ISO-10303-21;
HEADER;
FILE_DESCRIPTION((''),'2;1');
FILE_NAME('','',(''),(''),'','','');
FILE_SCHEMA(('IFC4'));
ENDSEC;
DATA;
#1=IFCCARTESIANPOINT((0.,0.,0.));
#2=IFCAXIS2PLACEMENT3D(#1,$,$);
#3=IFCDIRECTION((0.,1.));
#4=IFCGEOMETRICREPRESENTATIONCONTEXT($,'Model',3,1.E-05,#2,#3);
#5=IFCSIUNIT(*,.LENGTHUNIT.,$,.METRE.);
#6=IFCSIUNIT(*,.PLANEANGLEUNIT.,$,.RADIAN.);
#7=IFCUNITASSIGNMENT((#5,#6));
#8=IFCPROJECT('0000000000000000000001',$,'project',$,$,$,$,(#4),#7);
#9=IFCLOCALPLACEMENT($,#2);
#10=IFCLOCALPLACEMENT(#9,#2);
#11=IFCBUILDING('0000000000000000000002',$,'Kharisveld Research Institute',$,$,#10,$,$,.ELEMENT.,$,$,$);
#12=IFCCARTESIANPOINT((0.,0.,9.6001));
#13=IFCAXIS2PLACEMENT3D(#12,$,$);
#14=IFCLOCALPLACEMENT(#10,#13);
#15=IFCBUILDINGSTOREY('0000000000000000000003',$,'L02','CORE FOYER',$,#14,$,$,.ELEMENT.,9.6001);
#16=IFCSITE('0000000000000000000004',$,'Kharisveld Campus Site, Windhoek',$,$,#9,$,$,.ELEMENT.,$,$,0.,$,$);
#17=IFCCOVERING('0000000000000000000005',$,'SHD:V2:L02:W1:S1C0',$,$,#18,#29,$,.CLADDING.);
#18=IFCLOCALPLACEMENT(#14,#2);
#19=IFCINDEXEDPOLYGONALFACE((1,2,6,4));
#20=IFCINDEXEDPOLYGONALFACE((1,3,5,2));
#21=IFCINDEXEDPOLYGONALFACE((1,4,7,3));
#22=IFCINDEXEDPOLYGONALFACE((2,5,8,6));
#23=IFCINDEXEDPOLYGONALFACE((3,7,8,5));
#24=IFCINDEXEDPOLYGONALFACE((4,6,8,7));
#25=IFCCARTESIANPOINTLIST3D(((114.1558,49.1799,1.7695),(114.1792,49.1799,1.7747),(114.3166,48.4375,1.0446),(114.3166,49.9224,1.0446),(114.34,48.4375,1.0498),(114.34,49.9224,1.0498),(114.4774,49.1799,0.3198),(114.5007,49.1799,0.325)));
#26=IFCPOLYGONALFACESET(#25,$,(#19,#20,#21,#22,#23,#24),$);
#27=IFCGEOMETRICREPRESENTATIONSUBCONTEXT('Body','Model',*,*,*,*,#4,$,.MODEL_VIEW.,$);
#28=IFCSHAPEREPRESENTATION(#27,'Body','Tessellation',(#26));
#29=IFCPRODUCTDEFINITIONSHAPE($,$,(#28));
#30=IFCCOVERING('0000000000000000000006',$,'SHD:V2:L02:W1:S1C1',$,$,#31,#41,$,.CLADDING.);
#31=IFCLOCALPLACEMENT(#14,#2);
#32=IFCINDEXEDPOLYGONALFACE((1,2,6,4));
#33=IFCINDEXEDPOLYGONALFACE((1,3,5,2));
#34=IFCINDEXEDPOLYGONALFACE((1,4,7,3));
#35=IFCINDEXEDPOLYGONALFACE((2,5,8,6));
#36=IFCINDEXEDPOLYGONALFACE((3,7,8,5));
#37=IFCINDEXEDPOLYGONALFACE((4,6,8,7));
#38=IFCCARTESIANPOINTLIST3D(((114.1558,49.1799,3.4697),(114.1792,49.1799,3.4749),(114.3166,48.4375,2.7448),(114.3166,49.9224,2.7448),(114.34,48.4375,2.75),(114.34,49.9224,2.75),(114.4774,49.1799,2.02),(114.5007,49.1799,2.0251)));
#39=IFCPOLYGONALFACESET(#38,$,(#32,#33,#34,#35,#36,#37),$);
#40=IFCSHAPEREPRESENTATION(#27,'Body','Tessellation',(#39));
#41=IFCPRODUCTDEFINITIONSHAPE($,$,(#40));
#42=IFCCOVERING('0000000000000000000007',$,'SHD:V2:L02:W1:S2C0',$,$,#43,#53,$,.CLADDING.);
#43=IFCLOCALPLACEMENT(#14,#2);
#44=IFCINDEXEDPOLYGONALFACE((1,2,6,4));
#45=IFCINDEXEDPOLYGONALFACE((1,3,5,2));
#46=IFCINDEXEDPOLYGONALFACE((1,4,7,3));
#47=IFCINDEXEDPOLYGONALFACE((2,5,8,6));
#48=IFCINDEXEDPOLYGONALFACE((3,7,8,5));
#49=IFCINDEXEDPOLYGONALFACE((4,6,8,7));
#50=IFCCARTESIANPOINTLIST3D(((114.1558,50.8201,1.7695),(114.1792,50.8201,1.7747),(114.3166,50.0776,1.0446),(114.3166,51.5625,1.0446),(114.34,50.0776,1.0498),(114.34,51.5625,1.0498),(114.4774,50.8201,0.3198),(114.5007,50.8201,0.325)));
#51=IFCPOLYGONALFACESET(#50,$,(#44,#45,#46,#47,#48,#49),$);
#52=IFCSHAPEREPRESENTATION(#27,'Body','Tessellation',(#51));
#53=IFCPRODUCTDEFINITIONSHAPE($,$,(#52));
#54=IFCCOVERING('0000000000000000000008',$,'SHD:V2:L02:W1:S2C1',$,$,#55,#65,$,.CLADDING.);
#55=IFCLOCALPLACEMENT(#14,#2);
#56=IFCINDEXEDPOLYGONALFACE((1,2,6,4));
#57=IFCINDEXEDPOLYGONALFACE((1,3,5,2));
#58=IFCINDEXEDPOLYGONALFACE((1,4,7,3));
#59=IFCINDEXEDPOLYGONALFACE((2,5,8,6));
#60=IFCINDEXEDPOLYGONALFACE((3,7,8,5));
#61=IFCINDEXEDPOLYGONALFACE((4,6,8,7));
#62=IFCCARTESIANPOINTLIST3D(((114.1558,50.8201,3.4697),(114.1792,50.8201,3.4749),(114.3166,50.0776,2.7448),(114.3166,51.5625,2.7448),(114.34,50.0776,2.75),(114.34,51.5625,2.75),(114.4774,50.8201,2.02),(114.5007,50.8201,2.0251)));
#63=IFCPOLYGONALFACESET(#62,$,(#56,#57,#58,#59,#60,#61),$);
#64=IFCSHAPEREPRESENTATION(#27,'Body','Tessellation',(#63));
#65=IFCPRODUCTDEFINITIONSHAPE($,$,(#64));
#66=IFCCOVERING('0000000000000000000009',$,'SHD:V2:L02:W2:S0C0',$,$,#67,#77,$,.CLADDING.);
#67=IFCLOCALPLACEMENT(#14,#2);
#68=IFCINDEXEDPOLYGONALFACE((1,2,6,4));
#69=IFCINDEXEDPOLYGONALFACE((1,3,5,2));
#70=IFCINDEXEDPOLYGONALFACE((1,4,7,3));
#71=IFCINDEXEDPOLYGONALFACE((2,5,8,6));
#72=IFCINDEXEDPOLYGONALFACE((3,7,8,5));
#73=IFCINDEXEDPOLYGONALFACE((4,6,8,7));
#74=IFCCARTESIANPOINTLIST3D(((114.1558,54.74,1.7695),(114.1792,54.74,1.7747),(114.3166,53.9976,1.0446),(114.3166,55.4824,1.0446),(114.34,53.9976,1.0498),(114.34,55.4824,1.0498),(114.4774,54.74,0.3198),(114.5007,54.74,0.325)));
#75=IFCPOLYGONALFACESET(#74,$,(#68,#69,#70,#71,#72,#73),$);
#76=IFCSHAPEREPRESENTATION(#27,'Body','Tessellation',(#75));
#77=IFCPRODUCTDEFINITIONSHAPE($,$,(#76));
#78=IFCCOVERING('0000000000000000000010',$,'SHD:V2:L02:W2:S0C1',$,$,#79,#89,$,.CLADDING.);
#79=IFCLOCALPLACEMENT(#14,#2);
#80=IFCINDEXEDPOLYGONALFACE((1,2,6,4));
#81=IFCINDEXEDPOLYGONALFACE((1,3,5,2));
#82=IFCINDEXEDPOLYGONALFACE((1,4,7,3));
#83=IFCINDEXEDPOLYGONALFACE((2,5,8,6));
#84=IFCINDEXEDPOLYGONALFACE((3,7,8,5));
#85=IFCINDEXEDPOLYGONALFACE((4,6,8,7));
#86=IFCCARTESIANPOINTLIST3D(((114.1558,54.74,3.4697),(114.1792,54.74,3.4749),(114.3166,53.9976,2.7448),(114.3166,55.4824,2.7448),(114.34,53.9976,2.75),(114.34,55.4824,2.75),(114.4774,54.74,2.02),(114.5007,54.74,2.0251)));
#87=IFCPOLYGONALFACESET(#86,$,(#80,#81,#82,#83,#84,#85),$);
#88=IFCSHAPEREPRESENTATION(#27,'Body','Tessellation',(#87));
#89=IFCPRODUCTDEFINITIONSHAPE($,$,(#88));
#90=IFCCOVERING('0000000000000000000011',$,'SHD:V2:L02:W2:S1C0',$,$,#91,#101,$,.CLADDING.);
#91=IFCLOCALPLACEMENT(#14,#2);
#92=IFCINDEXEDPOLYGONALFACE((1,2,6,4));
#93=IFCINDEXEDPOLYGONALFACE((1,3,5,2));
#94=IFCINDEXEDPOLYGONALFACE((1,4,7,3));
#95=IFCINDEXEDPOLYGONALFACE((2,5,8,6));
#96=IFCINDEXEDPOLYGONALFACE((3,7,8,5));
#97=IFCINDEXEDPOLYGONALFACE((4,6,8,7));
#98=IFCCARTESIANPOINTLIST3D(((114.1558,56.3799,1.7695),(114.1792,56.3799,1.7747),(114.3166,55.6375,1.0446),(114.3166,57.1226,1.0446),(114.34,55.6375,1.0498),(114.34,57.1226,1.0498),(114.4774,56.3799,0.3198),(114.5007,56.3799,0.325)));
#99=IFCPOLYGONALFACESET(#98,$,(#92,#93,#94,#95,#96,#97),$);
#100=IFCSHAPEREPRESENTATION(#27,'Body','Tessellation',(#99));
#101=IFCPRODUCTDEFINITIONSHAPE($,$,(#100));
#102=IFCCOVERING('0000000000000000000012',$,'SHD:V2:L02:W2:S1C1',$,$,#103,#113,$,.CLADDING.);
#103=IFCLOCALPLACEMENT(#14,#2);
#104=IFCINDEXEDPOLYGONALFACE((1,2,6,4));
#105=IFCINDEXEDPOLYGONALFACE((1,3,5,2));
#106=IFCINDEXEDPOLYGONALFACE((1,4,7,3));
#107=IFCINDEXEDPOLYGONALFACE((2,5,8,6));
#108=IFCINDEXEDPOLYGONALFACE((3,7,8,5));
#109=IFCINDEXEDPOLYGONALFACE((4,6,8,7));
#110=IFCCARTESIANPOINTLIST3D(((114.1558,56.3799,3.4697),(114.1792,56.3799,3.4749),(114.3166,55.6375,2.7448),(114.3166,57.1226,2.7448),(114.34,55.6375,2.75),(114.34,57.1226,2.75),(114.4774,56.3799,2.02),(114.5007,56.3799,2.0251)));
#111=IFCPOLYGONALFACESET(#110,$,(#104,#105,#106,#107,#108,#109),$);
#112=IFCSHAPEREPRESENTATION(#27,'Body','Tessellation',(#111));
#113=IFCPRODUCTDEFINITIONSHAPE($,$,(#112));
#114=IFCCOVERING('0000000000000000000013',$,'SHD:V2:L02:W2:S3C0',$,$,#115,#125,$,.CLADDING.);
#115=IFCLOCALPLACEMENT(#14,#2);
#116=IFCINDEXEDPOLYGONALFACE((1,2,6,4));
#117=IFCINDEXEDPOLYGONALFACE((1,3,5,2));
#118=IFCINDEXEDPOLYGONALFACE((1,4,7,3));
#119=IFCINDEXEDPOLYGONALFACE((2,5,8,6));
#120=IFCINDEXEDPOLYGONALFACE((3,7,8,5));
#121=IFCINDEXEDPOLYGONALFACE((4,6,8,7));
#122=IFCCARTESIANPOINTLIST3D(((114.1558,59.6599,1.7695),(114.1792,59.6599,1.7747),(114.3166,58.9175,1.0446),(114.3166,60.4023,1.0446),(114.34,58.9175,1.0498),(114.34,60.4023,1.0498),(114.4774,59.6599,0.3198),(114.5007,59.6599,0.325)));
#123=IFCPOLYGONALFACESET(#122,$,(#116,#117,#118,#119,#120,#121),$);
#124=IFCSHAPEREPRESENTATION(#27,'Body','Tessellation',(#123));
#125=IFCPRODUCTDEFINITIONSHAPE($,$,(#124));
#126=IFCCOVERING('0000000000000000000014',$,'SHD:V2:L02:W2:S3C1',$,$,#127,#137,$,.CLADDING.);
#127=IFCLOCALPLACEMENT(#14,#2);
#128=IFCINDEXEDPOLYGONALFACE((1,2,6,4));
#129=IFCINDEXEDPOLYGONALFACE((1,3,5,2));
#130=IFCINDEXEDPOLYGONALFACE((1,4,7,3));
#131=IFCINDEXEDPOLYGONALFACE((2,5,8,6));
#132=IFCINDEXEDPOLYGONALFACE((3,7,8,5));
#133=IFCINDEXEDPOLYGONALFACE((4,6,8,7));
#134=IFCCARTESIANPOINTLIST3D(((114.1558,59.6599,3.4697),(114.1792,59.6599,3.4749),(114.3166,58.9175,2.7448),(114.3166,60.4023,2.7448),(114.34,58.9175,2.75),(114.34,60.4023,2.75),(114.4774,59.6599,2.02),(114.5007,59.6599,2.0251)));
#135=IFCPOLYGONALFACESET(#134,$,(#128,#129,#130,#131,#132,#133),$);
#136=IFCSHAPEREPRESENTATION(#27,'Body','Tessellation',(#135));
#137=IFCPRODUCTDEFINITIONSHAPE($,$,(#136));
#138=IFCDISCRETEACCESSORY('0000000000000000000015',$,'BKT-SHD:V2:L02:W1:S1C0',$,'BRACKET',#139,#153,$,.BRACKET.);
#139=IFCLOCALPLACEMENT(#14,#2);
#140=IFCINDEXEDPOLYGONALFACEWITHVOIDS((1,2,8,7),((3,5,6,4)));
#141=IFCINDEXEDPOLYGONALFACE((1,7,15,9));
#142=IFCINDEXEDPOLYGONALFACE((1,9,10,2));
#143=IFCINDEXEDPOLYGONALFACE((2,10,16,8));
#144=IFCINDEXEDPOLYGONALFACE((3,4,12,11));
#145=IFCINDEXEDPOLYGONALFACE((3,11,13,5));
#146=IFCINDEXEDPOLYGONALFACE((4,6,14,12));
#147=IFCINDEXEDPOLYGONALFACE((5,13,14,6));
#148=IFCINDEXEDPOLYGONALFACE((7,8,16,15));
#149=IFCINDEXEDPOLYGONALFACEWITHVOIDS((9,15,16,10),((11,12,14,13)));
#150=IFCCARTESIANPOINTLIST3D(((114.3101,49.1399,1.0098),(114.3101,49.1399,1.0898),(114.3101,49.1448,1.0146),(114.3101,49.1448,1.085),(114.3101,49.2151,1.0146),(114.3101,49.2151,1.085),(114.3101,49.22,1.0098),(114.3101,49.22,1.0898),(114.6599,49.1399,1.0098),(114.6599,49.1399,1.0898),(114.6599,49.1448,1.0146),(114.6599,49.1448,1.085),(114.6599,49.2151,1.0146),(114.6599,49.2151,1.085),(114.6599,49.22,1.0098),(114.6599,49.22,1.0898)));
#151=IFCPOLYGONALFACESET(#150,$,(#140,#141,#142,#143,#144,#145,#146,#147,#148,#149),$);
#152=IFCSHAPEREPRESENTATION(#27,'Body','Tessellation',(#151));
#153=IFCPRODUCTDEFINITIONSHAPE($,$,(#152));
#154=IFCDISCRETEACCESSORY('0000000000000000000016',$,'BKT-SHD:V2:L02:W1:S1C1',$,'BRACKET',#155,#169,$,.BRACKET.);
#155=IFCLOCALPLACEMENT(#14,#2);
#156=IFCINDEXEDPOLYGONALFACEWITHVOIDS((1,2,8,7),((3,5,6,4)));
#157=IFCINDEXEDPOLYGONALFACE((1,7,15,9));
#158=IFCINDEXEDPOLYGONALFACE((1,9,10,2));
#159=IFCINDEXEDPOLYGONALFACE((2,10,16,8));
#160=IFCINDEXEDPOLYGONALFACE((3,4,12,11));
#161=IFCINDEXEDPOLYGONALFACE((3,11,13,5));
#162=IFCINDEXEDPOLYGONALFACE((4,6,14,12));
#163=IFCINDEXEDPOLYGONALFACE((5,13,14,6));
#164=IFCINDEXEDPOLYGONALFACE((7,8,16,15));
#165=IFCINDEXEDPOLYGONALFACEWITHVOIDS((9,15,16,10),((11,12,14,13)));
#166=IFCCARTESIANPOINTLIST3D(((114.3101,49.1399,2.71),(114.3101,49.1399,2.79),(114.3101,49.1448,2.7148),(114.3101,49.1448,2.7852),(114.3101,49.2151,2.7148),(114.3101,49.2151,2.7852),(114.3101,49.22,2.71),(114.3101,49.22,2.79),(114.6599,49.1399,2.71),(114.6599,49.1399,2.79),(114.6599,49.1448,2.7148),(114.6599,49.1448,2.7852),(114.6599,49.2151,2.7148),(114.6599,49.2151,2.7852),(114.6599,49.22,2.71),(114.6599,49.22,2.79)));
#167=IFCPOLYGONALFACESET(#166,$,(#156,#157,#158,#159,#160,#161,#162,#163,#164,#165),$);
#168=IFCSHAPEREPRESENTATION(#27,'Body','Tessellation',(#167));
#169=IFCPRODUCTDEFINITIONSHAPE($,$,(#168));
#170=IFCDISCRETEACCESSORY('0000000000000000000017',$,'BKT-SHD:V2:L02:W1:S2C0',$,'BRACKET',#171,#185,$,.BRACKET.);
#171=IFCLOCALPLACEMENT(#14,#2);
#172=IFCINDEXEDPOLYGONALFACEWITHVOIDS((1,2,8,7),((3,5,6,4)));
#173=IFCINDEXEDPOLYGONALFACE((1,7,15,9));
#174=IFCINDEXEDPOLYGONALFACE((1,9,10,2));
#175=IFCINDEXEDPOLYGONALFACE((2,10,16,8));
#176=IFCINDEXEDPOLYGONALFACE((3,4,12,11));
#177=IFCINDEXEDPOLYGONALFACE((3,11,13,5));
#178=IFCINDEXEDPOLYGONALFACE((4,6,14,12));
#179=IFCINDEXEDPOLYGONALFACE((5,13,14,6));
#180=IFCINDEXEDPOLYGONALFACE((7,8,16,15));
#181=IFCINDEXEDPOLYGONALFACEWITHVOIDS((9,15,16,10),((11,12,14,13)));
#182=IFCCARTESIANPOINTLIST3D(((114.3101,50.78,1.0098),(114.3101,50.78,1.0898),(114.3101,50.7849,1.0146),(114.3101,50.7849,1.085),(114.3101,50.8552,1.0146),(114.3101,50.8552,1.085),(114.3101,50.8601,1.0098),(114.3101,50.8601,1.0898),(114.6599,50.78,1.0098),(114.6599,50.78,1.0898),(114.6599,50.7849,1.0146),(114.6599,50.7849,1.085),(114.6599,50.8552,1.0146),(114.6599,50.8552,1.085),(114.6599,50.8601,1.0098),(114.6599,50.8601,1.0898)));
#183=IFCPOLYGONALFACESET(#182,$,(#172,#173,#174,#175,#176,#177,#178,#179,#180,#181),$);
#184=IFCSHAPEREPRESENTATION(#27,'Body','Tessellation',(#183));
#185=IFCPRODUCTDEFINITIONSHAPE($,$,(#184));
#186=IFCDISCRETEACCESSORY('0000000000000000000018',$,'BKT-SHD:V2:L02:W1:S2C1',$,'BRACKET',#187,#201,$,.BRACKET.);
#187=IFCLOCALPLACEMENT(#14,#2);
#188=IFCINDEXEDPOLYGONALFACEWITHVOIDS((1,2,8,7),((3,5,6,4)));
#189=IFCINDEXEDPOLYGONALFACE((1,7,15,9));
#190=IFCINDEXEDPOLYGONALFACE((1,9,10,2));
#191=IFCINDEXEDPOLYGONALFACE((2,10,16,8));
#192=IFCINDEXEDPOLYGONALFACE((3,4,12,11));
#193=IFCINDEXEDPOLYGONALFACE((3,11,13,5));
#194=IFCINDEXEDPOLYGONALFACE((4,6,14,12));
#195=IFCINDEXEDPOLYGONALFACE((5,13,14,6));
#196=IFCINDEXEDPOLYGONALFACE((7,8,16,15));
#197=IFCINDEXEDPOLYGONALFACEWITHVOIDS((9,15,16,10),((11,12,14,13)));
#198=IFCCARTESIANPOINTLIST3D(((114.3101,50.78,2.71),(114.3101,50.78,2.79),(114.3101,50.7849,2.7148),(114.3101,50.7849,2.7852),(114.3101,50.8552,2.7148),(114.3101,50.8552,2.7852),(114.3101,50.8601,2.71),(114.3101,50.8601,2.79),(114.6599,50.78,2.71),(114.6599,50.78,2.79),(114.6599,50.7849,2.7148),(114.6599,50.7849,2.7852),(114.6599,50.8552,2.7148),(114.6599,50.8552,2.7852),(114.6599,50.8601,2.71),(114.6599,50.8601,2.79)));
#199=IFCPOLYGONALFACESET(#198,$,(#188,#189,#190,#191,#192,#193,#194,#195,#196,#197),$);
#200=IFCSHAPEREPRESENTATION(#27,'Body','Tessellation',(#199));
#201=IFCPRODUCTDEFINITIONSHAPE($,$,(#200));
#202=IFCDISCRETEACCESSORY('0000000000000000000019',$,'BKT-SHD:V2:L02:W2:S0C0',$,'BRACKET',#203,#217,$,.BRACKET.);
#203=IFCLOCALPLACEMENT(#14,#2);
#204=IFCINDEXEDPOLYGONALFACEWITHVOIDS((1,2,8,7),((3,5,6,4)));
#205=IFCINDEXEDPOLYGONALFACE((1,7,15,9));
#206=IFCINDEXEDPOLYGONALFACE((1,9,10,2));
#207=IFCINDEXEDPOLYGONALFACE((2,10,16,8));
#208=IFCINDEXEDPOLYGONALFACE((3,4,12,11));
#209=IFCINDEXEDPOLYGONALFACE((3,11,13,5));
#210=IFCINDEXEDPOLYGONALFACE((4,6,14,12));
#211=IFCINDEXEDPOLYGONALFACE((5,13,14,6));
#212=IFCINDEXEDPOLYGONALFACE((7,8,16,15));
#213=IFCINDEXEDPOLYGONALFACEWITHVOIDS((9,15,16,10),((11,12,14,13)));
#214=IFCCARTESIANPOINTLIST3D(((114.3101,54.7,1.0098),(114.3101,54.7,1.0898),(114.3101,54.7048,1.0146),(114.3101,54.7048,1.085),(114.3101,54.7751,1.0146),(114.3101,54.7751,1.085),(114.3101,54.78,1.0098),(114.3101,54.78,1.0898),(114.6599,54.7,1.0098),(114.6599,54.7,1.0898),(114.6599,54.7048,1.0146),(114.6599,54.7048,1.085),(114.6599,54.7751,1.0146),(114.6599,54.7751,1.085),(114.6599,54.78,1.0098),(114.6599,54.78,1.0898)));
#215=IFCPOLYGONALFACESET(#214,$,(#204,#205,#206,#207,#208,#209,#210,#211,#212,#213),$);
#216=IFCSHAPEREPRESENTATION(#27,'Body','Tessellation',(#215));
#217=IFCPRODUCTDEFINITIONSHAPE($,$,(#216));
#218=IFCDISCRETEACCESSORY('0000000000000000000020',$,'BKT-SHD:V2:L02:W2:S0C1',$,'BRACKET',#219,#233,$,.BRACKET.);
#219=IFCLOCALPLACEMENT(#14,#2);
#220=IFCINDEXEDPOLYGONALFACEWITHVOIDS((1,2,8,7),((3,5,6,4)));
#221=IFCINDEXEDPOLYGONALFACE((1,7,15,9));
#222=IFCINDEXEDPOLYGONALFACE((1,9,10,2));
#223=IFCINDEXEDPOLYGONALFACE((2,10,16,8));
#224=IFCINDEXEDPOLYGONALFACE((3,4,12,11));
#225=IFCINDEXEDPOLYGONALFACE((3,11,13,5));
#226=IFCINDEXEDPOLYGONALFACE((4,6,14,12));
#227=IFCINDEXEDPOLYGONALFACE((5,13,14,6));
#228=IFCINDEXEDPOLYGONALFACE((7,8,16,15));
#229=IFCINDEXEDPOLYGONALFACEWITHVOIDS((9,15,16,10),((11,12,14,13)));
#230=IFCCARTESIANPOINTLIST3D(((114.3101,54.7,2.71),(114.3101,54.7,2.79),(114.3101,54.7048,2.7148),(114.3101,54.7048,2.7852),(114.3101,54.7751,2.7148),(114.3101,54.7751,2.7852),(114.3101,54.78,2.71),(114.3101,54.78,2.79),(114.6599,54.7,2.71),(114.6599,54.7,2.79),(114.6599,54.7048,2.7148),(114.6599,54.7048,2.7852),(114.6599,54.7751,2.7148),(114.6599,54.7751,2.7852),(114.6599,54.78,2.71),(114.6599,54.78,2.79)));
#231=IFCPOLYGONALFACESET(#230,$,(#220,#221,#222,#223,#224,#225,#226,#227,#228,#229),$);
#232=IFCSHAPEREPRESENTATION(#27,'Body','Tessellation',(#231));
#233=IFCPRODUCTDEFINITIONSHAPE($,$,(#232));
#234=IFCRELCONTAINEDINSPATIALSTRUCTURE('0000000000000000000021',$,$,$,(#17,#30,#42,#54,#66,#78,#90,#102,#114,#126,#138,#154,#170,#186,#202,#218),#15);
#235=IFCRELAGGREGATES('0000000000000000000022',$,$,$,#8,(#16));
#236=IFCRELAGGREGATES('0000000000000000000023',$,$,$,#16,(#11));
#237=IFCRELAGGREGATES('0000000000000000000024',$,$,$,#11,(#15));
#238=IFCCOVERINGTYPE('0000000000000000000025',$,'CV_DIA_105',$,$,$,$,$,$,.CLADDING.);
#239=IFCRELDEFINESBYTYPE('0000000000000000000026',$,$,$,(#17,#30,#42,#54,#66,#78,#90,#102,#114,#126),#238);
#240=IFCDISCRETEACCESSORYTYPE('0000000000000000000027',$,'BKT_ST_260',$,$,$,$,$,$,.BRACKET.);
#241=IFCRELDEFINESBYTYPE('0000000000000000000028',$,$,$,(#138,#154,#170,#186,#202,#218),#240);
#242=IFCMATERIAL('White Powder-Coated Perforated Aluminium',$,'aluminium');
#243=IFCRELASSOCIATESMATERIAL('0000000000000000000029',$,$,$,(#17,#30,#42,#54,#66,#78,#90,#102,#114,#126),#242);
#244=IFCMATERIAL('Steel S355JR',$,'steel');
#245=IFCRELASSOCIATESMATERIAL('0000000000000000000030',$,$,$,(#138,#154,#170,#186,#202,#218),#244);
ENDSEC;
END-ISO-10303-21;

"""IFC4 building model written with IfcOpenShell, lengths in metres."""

from ifc_helpers import new_model, si_unit, direction, frame, origin, origin_2d, place, context, subcontext, project, spatial, polyline, hollow_rectangle, outline, extrude, material, type_object, element, save


model = new_model("IFC4")

# Units and contexts
model_context = context("Model", 3, precision=1e-05, world=origin(), true_north=direction((0.0, 1.0)))
body_context = subcontext(model_context, "Body", "Model", "MODEL_VIEW")
ifc_project = project(units=[si_unit("LENGTHUNIT", "METRE"), si_unit("PLANEANGLEUNIT", "RADIAN")], contexts=[model_context])

# Site, building, storey
site_placement = place(None, origin())
site = spatial("IfcSite", under=ifc_project, at=site_placement, Name="Kharisveld Campus Site, Windhoek", CompositionType="ELEMENT", RefElevation=0.0)
building_placement = place(site_placement, origin())
building = spatial("IfcBuilding", under=site, at=building_placement, Name="Kharisveld Research Institute", CompositionType="ELEMENT")
storey_placement = place(building_placement, frame((0.0, 0.0, 9.6001)))
storey = spatial("IfcBuildingStorey", under=building, at=storey_placement, Name="L02", Description="CORE FOYER", CompositionType="ELEMENT", Elevation=9.6001)

# Coverings
ifc_material_1 = material(Name="White Powder-Coated Perforated Aluminium", Category="aluminium")
covering_type = type_object("IfcCoveringType", Name="CV_DIA_105", PredefinedType="CLADDING")
for number, where, z_axis, x_axis, name in (
    (1, (114.5007, 49.1799, 0.325), (0.976276, 0.0, 0.21653), (-0.153111, 0.707102, 0.690336), "SHD:V2:L02:W1:S1C0"),
    (2, (114.5007, 49.1799, 2.0251), (0.976276, 0.0, 0.21653), (-0.153111, 0.707102, 0.690336), "SHD:V2:L02:W1:S1C1"),
    (3, (114.5007, 50.8201, 0.325), (0.976276, 0.0, 0.21653), (-0.153111, 0.707102, 0.690336), "SHD:V2:L02:W1:S2C0"),
    (4, (114.5007, 50.8201, 2.0251), (0.976276, 0.0, 0.21653), (-0.153111, 0.707102, 0.690336), "SHD:V2:L02:W1:S2C1"),
    (5, (114.5007, 54.74, 0.325), (0.976276, 0.0, 0.21653), (-0.153111, 0.707102, 0.690336), "SHD:V2:L02:W2:S0C0"),
    (6, (114.5007, 54.74, 2.0251), (0.976276, 0.0, 0.21653), (-0.153111, 0.707102, 0.690336), "SHD:V2:L02:W2:S0C1"),
):
    element("IfcCovering", number, at=place(storey_placement, frame(where, z_axis=z_axis, x_axis=x_axis)), inside=storey, type_object=covering_type, material=ifc_material_1, Name=name, PredefinedType="CLADDING", context=body_context, shape_type="SweptSolid", body=[
        extrude(outline(polyline([(0.0, 0.0), (1.05, 0.0), (1.05, 1.05), (0.0, 1.05), (0.0, 0.0)])), origin(), (0.0, 0.0, -1.0), 0.0239),
    ])
for number, where, z_axis, x_axis, name in (
    (7, (114.5007, 56.3799, 0.325), (0.976276, 0.0, 0.21653), (-0.153086, 0.707218, 0.690222), "SHD:V2:L02:W2:S1C0"),
    (8, (114.5007, 56.3799, 2.0251), (0.976276, 0.0, 0.21653), (-0.153086, 0.707218, 0.690222), "SHD:V2:L02:W2:S1C1"),
):
    element("IfcCovering", number, at=place(storey_placement, frame(where, z_axis=z_axis, x_axis=x_axis)), inside=storey, type_object=covering_type, material=ifc_material_1, Name=name, PredefinedType="CLADDING", context=body_context, shape_type="SweptSolid", body=[
        extrude(outline(polyline([(0.0, 0.0), (1.0501, 0.0), (1.0498, 1.0502), (-0.0002, 1.05), (0.0, 0.0)])), origin(), (0.0, 0.0, -1.0), 0.0239),
    ])
for number, where, z_axis, x_axis, name in (
    (9, (114.5007, 59.6599, 0.325), (0.976276, 0.0, 0.21653), (-0.153111, 0.707102, 0.690336), "SHD:V2:L02:W2:S3C0"),
    (10, (114.5007, 59.6599, 2.0251), (0.976276, 0.0, 0.21653), (-0.153111, 0.707102, 0.690336), "SHD:V2:L02:W2:S3C1"),
):
    element("IfcCovering", number, at=place(storey_placement, frame(where, z_axis=z_axis, x_axis=x_axis)), inside=storey, type_object=covering_type, material=ifc_material_1, Name=name, PredefinedType="CLADDING", context=body_context, shape_type="SweptSolid", body=[
        extrude(outline(polyline([(0.0, 0.0), (1.05, 0.0), (1.05, 1.05), (0.0, 1.05), (0.0, 0.0)])), origin(), (0.0, 0.0, -1.0), 0.0239),
    ])

# Discrete accessories
ifc_material_2 = material(Name="Steel S355JR", Category="steel")
discrete_accessory_type = type_object("IfcDiscreteAccessoryType", Name="BKT_ST_260", PredefinedType="BRACKET")
for number, where, z_axis, x_axis, name in (
    (11, (114.6599, 49.1799, 1.0498), (-1.0, 0.0, 0.0), (0.0, -1.0, 0.0), "BKT-SHD:V2:L02:W1:S1C0"),
    (12, (114.6599, 49.1799, 2.75), (-1.0, 0.0, 0.0), (0.0, -1.0, 0.0), "BKT-SHD:V2:L02:W1:S1C1"),
    (13, (114.6599, 50.8201, 1.0498), (-1.0, 0.0, 0.0), (0.0, -1.0, 0.0), "BKT-SHD:V2:L02:W1:S2C0"),
    (14, (114.6599, 50.8201, 2.75), (-1.0, 0.0, 0.0), (0.0, -1.0, 0.0), "BKT-SHD:V2:L02:W1:S2C1"),
    (15, (114.6599, 54.74, 1.0498), (-1.0, 0.0, 0.0), (0.0, -1.0, 0.0), "BKT-SHD:V2:L02:W2:S0C0"),
    (16, (114.6599, 54.74, 2.75), (-1.0, 0.0, 0.0), (0.0, -1.0, 0.0), "BKT-SHD:V2:L02:W2:S0C1"),
):
    element("IfcDiscreteAccessory", number, at=place(storey_placement, frame(where, z_axis=z_axis, x_axis=x_axis)), inside=storey, type_object=discrete_accessory_type, material=ifc_material_2, Name=name, ObjectType="BRACKET", PredefinedType="BRACKET", context=body_context, shape_type="SweptSolid", body=[
        extrude(hollow_rectangle(XDim=0.0801, YDim=0.0801, WallThickness=0.0049, at=origin_2d()), origin(), (0.0, 0.0, 1.0), 0.3499),
    ])

save(model, "model.ifc")
